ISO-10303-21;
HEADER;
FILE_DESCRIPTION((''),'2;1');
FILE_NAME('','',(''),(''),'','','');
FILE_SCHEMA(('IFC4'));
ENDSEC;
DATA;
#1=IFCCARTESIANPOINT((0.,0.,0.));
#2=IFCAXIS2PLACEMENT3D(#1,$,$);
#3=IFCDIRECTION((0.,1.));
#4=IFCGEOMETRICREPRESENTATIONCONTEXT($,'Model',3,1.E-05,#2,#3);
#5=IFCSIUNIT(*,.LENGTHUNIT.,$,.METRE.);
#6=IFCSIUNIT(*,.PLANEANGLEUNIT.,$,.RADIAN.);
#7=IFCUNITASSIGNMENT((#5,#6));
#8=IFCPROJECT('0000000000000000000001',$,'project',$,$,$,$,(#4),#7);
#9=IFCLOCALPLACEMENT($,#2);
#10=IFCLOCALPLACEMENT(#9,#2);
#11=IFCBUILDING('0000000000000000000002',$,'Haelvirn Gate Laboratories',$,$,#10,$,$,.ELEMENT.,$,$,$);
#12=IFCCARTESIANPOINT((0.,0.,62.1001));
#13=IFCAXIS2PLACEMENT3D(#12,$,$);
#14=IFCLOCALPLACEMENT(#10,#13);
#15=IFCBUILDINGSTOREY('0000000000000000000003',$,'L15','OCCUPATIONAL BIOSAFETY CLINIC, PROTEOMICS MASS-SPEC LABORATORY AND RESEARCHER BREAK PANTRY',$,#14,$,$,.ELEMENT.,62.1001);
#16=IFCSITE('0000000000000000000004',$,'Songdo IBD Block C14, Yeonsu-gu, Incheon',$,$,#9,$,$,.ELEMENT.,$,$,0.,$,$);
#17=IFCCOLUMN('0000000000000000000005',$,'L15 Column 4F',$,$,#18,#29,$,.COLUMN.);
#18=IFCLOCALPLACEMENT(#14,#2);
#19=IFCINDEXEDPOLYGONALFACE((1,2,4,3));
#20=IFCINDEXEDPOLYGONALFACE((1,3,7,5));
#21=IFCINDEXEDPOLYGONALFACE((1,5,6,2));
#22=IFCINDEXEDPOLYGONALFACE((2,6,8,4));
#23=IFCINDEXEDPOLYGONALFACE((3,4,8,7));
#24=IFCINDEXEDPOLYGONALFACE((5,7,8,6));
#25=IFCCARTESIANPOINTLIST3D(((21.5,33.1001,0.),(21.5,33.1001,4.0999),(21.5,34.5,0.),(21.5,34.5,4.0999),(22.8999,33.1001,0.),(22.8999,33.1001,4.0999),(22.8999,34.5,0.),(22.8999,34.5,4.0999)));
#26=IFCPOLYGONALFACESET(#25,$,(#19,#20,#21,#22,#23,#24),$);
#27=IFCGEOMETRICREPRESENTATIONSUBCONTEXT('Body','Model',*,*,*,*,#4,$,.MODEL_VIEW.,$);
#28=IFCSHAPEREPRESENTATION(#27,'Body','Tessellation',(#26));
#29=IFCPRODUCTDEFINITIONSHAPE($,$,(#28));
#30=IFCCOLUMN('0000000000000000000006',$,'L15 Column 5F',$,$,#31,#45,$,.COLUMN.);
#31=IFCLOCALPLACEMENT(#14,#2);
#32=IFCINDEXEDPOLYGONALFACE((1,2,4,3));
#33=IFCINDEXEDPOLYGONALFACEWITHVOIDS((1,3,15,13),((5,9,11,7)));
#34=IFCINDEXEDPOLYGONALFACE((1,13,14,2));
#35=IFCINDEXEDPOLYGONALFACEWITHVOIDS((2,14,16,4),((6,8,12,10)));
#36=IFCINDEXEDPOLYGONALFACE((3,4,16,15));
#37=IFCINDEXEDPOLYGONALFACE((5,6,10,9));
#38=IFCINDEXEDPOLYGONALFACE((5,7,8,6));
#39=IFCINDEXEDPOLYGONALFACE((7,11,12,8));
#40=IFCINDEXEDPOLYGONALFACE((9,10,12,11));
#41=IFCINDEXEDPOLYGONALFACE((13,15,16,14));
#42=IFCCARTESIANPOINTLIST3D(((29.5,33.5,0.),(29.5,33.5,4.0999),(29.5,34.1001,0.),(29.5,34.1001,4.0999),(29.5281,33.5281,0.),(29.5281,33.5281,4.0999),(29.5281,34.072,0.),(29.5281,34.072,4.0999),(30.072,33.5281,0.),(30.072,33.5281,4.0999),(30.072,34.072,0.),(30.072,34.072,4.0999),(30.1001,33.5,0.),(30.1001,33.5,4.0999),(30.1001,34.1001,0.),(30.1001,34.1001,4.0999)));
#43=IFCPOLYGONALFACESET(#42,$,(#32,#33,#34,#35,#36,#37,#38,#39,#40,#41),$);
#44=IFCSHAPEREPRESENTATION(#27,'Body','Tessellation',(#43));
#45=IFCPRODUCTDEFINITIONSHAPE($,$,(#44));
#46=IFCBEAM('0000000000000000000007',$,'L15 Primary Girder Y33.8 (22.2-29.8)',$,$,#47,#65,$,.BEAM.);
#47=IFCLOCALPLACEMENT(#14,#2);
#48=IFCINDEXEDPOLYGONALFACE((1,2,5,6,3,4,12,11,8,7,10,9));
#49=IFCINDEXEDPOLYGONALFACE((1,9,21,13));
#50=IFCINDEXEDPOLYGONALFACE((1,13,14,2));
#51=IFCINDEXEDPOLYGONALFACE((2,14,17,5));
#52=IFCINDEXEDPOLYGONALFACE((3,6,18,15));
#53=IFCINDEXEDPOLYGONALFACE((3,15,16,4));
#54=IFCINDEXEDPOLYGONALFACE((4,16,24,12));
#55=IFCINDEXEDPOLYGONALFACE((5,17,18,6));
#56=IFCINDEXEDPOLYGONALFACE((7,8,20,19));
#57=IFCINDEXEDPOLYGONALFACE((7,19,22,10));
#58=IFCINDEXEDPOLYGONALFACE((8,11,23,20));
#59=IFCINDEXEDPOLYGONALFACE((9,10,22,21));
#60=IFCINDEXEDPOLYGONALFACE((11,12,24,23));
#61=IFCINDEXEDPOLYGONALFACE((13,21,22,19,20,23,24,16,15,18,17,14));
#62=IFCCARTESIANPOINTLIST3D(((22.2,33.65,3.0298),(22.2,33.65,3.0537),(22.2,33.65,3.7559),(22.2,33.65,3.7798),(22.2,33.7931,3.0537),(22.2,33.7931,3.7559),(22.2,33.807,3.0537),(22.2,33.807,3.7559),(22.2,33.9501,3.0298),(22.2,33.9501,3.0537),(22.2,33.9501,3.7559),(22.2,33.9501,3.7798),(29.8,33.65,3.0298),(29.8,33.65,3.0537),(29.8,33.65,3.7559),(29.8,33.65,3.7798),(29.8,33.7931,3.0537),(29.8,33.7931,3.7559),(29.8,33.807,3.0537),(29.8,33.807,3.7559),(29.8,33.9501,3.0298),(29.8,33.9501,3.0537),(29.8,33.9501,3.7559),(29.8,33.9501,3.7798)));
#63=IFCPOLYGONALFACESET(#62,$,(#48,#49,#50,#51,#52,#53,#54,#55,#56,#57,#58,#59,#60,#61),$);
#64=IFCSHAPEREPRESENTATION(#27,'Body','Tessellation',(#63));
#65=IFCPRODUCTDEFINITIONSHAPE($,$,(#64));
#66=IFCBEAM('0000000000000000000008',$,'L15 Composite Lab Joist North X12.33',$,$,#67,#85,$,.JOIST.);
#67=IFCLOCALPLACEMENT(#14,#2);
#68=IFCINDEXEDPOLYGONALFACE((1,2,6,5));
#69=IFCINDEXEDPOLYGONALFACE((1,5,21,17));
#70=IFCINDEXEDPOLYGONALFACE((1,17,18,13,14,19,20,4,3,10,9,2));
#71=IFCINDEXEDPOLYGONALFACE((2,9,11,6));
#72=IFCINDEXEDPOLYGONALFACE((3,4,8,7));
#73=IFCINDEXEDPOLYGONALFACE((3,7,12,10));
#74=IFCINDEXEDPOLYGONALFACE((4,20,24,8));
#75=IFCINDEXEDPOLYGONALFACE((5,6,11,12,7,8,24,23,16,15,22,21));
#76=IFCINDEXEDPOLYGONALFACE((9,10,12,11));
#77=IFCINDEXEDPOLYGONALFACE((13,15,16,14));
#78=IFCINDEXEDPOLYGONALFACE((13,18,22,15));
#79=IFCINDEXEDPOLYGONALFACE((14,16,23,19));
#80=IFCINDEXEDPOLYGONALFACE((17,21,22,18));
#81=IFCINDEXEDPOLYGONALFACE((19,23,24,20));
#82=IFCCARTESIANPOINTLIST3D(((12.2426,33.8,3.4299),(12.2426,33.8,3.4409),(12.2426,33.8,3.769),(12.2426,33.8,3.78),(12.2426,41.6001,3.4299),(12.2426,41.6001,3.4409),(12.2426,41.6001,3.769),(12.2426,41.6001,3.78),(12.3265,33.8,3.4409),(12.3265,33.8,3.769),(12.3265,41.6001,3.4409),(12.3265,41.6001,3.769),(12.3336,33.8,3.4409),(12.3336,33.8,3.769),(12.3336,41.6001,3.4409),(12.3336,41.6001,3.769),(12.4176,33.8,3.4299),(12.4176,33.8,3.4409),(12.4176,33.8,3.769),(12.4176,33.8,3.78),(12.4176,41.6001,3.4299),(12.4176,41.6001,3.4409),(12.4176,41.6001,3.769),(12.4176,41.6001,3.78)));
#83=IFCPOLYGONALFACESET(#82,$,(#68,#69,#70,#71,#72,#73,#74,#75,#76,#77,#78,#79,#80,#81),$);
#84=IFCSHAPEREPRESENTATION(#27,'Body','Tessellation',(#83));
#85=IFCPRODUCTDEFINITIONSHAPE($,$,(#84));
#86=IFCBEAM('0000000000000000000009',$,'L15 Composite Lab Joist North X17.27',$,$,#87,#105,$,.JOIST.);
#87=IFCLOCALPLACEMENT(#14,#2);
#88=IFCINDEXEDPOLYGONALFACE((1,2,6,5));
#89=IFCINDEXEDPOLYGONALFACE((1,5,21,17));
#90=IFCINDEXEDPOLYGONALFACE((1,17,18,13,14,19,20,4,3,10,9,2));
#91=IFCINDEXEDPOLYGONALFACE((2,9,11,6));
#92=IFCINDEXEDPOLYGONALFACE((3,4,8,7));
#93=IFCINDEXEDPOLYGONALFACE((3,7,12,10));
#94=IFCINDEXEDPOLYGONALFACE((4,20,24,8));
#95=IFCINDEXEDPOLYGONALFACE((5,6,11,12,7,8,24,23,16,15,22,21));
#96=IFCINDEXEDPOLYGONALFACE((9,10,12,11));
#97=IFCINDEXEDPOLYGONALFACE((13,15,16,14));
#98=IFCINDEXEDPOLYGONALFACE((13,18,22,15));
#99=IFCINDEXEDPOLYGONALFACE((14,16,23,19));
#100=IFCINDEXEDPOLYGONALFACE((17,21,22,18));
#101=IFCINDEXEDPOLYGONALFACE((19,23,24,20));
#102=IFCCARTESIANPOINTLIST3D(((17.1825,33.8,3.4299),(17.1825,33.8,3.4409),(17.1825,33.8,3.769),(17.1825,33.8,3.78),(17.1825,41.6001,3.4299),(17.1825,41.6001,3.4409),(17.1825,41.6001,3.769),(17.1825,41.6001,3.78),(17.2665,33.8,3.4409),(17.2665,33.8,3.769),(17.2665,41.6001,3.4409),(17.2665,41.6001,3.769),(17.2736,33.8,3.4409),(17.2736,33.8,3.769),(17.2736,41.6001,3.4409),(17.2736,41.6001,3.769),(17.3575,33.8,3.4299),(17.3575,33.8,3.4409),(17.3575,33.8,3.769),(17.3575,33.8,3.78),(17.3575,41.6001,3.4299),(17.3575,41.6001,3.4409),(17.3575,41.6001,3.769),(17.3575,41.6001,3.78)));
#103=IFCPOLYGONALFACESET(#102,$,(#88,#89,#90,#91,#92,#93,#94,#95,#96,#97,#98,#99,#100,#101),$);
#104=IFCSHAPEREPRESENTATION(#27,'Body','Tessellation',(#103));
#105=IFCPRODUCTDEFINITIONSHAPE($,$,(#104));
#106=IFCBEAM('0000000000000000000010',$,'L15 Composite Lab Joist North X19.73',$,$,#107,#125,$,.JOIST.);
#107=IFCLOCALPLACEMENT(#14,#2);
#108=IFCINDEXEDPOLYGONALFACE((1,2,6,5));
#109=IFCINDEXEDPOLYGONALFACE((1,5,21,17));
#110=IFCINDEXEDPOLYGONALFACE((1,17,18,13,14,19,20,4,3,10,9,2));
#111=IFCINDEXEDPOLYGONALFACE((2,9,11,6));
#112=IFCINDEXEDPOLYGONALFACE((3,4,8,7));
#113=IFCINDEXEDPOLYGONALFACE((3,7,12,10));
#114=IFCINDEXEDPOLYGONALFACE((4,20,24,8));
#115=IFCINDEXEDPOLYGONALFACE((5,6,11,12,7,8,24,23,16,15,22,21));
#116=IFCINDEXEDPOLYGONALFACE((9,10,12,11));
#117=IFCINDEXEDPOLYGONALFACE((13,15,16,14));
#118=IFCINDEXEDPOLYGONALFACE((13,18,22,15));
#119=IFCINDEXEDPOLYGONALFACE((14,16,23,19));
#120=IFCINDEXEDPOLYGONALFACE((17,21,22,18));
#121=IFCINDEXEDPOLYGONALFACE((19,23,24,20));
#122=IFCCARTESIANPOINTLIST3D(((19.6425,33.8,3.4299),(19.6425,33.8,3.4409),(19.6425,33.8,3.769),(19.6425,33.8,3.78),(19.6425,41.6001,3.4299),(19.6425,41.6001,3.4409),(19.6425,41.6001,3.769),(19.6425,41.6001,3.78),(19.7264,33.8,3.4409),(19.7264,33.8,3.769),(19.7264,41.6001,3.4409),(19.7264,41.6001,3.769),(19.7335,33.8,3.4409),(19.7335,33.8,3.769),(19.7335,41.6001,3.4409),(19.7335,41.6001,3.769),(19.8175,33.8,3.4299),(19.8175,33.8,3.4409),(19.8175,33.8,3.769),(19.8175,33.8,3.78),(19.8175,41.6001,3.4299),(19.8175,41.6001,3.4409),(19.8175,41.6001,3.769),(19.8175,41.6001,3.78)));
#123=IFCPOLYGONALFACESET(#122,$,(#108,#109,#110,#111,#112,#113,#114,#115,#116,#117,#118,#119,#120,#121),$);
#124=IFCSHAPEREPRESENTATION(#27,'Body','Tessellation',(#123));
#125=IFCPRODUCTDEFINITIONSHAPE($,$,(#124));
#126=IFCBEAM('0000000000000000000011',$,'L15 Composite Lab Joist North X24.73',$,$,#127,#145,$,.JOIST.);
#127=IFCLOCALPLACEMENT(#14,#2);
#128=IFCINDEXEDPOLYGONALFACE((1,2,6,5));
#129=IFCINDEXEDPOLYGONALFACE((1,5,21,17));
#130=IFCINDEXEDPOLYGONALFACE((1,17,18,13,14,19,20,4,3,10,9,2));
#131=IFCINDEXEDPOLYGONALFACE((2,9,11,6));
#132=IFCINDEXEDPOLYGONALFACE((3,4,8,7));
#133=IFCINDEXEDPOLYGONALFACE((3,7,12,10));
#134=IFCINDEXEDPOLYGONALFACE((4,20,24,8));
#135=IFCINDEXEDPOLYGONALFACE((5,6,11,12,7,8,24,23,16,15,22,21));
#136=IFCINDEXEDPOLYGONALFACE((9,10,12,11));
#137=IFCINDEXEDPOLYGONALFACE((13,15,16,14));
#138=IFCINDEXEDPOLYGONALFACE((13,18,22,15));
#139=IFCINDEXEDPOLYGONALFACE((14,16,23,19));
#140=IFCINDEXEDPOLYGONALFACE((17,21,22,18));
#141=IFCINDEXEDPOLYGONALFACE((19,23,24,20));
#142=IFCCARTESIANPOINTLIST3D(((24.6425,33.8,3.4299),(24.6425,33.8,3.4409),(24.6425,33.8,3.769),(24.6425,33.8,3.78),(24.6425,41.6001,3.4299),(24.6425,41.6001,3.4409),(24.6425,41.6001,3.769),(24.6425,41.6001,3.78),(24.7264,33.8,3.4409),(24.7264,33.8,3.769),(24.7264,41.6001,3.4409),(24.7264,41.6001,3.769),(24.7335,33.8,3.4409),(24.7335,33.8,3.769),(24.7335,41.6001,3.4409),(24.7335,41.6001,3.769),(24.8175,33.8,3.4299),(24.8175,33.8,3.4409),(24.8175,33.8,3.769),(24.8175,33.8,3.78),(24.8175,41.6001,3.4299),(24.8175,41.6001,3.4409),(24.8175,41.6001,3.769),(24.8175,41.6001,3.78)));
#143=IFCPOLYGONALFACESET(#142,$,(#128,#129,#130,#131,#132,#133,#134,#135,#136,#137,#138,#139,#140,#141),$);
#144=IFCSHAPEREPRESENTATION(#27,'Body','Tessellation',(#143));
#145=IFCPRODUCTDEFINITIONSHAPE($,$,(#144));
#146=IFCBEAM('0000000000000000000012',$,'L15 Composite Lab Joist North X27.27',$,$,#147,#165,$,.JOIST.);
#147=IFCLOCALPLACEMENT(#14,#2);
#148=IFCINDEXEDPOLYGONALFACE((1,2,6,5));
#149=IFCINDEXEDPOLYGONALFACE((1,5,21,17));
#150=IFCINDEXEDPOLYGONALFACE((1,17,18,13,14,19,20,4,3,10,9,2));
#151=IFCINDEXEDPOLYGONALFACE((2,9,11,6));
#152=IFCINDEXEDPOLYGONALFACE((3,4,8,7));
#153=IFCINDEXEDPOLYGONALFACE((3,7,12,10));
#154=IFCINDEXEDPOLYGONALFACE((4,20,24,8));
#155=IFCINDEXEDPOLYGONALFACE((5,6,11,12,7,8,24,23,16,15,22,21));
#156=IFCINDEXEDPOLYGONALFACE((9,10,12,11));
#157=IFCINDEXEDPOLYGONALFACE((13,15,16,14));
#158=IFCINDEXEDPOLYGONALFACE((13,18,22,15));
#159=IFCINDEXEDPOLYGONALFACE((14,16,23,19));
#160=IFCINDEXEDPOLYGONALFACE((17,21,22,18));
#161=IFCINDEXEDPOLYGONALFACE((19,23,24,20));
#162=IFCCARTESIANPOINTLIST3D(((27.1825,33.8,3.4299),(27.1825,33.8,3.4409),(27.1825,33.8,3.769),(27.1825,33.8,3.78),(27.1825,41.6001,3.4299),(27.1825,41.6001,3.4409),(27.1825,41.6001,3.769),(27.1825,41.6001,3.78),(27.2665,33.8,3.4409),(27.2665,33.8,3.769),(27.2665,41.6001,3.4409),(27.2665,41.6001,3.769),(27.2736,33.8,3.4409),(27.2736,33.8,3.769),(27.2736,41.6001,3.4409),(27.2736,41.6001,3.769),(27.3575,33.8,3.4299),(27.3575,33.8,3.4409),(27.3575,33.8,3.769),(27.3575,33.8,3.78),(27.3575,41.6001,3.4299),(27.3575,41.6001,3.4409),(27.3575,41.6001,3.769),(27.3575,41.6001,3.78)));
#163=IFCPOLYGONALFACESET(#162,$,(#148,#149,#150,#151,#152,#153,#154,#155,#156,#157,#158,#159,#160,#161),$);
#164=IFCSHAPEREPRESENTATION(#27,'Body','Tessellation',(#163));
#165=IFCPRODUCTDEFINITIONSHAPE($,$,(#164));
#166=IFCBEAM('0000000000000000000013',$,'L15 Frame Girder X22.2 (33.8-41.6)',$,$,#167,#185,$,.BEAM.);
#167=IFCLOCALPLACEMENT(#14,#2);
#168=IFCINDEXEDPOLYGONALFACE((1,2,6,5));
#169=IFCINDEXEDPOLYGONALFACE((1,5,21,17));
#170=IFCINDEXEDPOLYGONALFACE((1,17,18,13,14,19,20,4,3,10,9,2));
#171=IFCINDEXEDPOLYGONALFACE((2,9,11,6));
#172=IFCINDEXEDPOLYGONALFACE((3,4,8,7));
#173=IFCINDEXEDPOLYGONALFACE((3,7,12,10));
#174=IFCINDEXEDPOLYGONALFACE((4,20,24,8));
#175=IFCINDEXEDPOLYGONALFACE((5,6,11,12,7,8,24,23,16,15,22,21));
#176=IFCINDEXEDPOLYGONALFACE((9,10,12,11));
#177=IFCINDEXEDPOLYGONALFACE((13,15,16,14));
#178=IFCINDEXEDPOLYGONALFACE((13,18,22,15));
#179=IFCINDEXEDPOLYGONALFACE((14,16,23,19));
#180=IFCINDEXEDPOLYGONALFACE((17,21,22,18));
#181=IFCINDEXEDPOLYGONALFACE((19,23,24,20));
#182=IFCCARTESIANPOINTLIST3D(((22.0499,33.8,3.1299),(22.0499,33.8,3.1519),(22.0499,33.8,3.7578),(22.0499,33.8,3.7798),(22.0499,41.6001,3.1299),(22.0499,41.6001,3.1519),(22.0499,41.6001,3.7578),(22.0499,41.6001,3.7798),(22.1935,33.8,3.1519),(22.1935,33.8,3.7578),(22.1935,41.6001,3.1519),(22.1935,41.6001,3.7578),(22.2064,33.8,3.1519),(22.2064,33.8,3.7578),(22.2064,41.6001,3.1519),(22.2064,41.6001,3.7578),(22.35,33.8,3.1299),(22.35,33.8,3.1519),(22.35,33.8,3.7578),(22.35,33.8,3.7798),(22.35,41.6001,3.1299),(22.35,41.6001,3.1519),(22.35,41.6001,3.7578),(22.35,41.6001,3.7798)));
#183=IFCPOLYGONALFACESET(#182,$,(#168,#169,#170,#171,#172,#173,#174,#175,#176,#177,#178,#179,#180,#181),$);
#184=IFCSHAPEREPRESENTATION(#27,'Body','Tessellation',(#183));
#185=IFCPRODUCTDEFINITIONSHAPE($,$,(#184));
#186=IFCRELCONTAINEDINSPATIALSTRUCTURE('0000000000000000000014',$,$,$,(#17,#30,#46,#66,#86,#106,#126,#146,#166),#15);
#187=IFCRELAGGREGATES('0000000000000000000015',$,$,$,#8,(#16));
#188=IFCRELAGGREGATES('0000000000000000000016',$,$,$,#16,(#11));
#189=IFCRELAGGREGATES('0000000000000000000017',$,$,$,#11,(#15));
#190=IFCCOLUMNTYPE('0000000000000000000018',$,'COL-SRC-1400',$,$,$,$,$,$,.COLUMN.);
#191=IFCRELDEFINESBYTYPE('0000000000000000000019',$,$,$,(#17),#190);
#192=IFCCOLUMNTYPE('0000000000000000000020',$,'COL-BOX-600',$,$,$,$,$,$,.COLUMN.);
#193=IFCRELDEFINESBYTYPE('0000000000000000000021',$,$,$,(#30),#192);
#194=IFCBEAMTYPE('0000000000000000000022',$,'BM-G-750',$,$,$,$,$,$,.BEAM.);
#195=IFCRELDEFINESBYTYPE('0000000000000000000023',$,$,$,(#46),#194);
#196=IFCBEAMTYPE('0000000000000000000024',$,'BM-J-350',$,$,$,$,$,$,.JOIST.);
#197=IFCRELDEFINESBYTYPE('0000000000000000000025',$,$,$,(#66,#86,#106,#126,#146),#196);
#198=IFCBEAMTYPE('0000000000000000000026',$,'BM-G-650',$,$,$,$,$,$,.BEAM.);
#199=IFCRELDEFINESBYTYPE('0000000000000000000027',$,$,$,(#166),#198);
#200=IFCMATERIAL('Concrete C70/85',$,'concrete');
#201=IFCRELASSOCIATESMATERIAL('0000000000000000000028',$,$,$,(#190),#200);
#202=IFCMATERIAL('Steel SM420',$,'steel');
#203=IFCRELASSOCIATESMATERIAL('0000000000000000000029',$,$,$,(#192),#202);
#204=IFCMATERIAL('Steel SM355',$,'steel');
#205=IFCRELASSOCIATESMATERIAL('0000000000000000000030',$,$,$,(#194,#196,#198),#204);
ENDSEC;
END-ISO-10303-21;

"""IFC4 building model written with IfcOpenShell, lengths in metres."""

from ifc_helpers import new_model, si_unit, direction, frame, origin, origin_2d, place, context, subcontext, project, spatial, rectangle, hollow_rectangle, i_section, extrude, source, transform, mapped, material, material_profile, profile_set, type_object, type_shapes, element, save


model = new_model("IFC4")

# Units and contexts
model_context = context("Model", 3, precision=1e-05, world=origin(), true_north=direction((0.0, 1.0)))
body_context = subcontext(model_context, "Body", "Model", "MODEL_VIEW")
ifc_project = project(units=[si_unit("LENGTHUNIT", "METRE"), si_unit("PLANEANGLEUNIT", "RADIAN")], contexts=[model_context])

# Site, building, storey
site_placement = place(None, origin())
site = spatial("IfcSite", under=ifc_project, at=site_placement, Name="Songdo IBD Block C14, Yeonsu-gu, Incheon", CompositionType="ELEMENT", RefElevation=0.0)
building_placement = place(site_placement, origin())
building = spatial("IfcBuilding", under=site, at=building_placement, Name="Haelvirn Gate Laboratories", CompositionType="ELEMENT")
storey_placement = place(building_placement, frame((0.0, 0.0, 62.1001)))
storey = spatial("IfcBuildingStorey", under=building, at=storey_placement, Name="L15", Description="OCCUPATIONAL BIOSAFETY CLINIC, PROTEOMICS MASS-SPEC LABORATORY AND RESEARCHER BREAK PANTRY", CompositionType="ELEMENT", Elevation=62.1001)

# Columns
ifc_material_1 = material(Name="Concrete C70/85", Category="concrete")
ifc_material_profile_1 = material_profile(ifc_material_1, rectangle(XDim=1.3999, YDim=1.3999, at=origin_2d()), Name="SRC-1400x1400")
ifc_profile_set_1 = profile_set([ifc_material_profile_1], Name="Concrete C70/85")
column_type_1 = type_object("IfcColumnType", Name="COL-SRC-1400", PredefinedType="COLUMN", material=ifc_profile_set_1)
shared_shape_1 = source(origin(), body_context, "Body", "SweptSolid", [
    extrude(rectangle(XDim=1.3999, YDim=1.3999, at=origin_2d()), origin(), (0.0, 0.0, 1.0), 4.0999),
])
type_shapes(column_type_1, [shared_shape_1])
column_1_placement = place(storey_placement, frame((22.2, 33.8, 0.0), z_axis=(0.0, 0.0, 1.0), x_axis=(1.0, 0.0, 0.0)))
element("IfcColumn", 1, at=column_1_placement, inside=storey, type_object=column_type_1, Name="L15 Column 4F", PredefinedType="COLUMN", context=body_context, shape_type="MappedRepresentation", body=[
    mapped(shared_shape_1, transform((0.0, 0.0, 0.0), scale=1.0)),
])
ifc_material_2 = material(Name="Steel SM420", Category="steel")
ifc_material_profile_2 = material_profile(ifc_material_2, hollow_rectangle(XDim=0.6001, YDim=0.6001, WallThickness=0.0281, at=origin_2d()), Name="BOX-600x600x28")
ifc_profile_set_2 = profile_set([ifc_material_profile_2], Name="Steel SM420")
column_type_2 = type_object("IfcColumnType", Name="COL-BOX-600", PredefinedType="COLUMN", material=ifc_profile_set_2)
shared_shape_2 = source(origin(), body_context, "Body", "SweptSolid", [
    extrude(hollow_rectangle(XDim=0.6001, YDim=0.6001, WallThickness=0.0281, at=origin_2d()), origin(), (0.0, 0.0, 1.0), 4.0999),
])
type_shapes(column_type_2, [shared_shape_2])
column_2_placement = place(storey_placement, frame((29.8, 33.8, 0.0), z_axis=(0.0, 0.0, 1.0), x_axis=(1.0, 0.0, 0.0)))
element("IfcColumn", 2, at=column_2_placement, inside=storey, type_object=column_type_2, Name="L15 Column 5F", PredefinedType="COLUMN", context=body_context, shape_type="MappedRepresentation", body=[
    mapped(shared_shape_2, transform((0.0, 0.0, 0.0), scale=1.0)),
])

# Beams
ifc_material_3 = material(Name="Steel SM355", Category="steel")
ifc_material_profile_3 = material_profile(ifc_material_3, i_section(OverallWidth=0.3, OverallDepth=0.75, WebThickness=0.0139, FlangeThickness=0.0239, at=origin_2d()), Name="H-750x300x14x24")
ifc_profile_set_3 = profile_set([ifc_material_profile_3], Name="Steel SM355")
beam_type_1 = type_object("IfcBeamType", Name="BM-G-750", PredefinedType="BEAM", material=ifc_profile_set_3)
shared_shape_3 = source(origin(), body_context, "Body", "SweptSolid", [
    extrude(i_section(OverallWidth=0.3, OverallDepth=0.75, WebThickness=0.0139, FlangeThickness=0.0239, at=origin_2d()), origin(), (0.0, 0.0, 1.0), 7.6001),
])
type_shapes(beam_type_1, [shared_shape_3])
beam_1_placement = place(storey_placement, frame((22.2, 33.8, 3.4048), z_axis=(1.0, 0.0, 0.0), x_axis=(0.0, 1.0, 0.0)))
element("IfcBeam", 3, at=beam_1_placement, inside=storey, type_object=beam_type_1, Name="L15 Primary Girder Y33.8 (22.2-29.8)", PredefinedType="BEAM", context=body_context, shape_type="MappedRepresentation", body=[
    mapped(shared_shape_3, transform((0.0, 0.0, 0.0), scale=1.0)),
])
ifc_material_profile_4 = material_profile(ifc_material_3, i_section(OverallWidth=0.175, OverallDepth=0.3501, WebThickness=0.0071, FlangeThickness=0.011, at=origin_2d()), Name="H-350x175x7x11")
ifc_profile_set_4 = profile_set([ifc_material_profile_4], Name="Steel SM355")
beam_type_2 = type_object("IfcBeamType", Name="BM-J-350", PredefinedType="JOIST", material=ifc_profile_set_4)
shared_shape_4 = source(origin(), body_context, "Body", "SweptSolid", [
    extrude(i_section(OverallWidth=0.175, OverallDepth=0.3501, WebThickness=0.0071, FlangeThickness=0.011, at=origin_2d()), origin(), (0.0, 0.0, 1.0), 7.8),
])
type_shapes(beam_type_2, [shared_shape_4])
for number, where, z_axis, x_axis, name in (
    (4, (12.3301, 33.8, 3.605), (0.0, 1.0, 0.0), (-1.0, 0.0, 0.0), "L15 Composite Lab Joist North X12.33"),
    (5, (17.27, 33.8, 3.605), (0.0, 1.0, 0.0), (-1.0, 0.0, 0.0), "L15 Composite Lab Joist North X17.27"),
    (6, (19.73, 33.8, 3.605), (0.0, 1.0, 0.0), (-1.0, 0.0, 0.0), "L15 Composite Lab Joist North X19.73"),
    (7, (24.73, 33.8, 3.605), (0.0, 1.0, 0.0), (-1.0, 0.0, 0.0), "L15 Composite Lab Joist North X24.73"),
    (8, (27.27, 33.8, 3.605), (0.0, 1.0, 0.0), (-1.0, 0.0, 0.0), "L15 Composite Lab Joist North X27.27"),
):
    element("IfcBeam", number, at=place(storey_placement, frame(where, z_axis=z_axis, x_axis=x_axis)), inside=storey, type_object=beam_type_2, Name=name, PredefinedType="JOIST", context=body_context, shape_type="MappedRepresentation", body=[
        mapped(shared_shape_4, transform((0.0, 0.0, 0.0), scale=1.0)),
    ])
ifc_material_profile_5 = material_profile(ifc_material_3, i_section(OverallWidth=0.3, OverallDepth=0.6499, WebThickness=0.0129, FlangeThickness=0.022, at=origin_2d()), Name="H-650x300x13x22")
ifc_profile_set_5 = profile_set([ifc_material_profile_5], Name="Steel SM355")
beam_type_3 = type_object("IfcBeamType", Name="BM-G-650", PredefinedType="BEAM", material=ifc_profile_set_5)
shared_shape_5 = source(origin(), body_context, "Body", "SweptSolid", [
    extrude(i_section(OverallWidth=0.3, OverallDepth=0.6499, WebThickness=0.0129, FlangeThickness=0.022, at=origin_2d()), origin(), (0.0, 0.0, 1.0), 7.8),
])
type_shapes(beam_type_3, [shared_shape_5])
beam_2_placement = place(storey_placement, frame((22.2, 33.8, 3.4548), z_axis=(0.0, 1.0, 0.0), x_axis=(-1.0, 0.0, 0.0)))
element("IfcBeam", 9, at=beam_2_placement, inside=storey, type_object=beam_type_3, Name="L15 Frame Girder X22.2 (33.8-41.6)", PredefinedType="BEAM", context=body_context, shape_type="MappedRepresentation", body=[
    mapped(shared_shape_5, transform((0.0, 0.0, 0.0), scale=1.0)),
])

save(model, "model.ifc")
